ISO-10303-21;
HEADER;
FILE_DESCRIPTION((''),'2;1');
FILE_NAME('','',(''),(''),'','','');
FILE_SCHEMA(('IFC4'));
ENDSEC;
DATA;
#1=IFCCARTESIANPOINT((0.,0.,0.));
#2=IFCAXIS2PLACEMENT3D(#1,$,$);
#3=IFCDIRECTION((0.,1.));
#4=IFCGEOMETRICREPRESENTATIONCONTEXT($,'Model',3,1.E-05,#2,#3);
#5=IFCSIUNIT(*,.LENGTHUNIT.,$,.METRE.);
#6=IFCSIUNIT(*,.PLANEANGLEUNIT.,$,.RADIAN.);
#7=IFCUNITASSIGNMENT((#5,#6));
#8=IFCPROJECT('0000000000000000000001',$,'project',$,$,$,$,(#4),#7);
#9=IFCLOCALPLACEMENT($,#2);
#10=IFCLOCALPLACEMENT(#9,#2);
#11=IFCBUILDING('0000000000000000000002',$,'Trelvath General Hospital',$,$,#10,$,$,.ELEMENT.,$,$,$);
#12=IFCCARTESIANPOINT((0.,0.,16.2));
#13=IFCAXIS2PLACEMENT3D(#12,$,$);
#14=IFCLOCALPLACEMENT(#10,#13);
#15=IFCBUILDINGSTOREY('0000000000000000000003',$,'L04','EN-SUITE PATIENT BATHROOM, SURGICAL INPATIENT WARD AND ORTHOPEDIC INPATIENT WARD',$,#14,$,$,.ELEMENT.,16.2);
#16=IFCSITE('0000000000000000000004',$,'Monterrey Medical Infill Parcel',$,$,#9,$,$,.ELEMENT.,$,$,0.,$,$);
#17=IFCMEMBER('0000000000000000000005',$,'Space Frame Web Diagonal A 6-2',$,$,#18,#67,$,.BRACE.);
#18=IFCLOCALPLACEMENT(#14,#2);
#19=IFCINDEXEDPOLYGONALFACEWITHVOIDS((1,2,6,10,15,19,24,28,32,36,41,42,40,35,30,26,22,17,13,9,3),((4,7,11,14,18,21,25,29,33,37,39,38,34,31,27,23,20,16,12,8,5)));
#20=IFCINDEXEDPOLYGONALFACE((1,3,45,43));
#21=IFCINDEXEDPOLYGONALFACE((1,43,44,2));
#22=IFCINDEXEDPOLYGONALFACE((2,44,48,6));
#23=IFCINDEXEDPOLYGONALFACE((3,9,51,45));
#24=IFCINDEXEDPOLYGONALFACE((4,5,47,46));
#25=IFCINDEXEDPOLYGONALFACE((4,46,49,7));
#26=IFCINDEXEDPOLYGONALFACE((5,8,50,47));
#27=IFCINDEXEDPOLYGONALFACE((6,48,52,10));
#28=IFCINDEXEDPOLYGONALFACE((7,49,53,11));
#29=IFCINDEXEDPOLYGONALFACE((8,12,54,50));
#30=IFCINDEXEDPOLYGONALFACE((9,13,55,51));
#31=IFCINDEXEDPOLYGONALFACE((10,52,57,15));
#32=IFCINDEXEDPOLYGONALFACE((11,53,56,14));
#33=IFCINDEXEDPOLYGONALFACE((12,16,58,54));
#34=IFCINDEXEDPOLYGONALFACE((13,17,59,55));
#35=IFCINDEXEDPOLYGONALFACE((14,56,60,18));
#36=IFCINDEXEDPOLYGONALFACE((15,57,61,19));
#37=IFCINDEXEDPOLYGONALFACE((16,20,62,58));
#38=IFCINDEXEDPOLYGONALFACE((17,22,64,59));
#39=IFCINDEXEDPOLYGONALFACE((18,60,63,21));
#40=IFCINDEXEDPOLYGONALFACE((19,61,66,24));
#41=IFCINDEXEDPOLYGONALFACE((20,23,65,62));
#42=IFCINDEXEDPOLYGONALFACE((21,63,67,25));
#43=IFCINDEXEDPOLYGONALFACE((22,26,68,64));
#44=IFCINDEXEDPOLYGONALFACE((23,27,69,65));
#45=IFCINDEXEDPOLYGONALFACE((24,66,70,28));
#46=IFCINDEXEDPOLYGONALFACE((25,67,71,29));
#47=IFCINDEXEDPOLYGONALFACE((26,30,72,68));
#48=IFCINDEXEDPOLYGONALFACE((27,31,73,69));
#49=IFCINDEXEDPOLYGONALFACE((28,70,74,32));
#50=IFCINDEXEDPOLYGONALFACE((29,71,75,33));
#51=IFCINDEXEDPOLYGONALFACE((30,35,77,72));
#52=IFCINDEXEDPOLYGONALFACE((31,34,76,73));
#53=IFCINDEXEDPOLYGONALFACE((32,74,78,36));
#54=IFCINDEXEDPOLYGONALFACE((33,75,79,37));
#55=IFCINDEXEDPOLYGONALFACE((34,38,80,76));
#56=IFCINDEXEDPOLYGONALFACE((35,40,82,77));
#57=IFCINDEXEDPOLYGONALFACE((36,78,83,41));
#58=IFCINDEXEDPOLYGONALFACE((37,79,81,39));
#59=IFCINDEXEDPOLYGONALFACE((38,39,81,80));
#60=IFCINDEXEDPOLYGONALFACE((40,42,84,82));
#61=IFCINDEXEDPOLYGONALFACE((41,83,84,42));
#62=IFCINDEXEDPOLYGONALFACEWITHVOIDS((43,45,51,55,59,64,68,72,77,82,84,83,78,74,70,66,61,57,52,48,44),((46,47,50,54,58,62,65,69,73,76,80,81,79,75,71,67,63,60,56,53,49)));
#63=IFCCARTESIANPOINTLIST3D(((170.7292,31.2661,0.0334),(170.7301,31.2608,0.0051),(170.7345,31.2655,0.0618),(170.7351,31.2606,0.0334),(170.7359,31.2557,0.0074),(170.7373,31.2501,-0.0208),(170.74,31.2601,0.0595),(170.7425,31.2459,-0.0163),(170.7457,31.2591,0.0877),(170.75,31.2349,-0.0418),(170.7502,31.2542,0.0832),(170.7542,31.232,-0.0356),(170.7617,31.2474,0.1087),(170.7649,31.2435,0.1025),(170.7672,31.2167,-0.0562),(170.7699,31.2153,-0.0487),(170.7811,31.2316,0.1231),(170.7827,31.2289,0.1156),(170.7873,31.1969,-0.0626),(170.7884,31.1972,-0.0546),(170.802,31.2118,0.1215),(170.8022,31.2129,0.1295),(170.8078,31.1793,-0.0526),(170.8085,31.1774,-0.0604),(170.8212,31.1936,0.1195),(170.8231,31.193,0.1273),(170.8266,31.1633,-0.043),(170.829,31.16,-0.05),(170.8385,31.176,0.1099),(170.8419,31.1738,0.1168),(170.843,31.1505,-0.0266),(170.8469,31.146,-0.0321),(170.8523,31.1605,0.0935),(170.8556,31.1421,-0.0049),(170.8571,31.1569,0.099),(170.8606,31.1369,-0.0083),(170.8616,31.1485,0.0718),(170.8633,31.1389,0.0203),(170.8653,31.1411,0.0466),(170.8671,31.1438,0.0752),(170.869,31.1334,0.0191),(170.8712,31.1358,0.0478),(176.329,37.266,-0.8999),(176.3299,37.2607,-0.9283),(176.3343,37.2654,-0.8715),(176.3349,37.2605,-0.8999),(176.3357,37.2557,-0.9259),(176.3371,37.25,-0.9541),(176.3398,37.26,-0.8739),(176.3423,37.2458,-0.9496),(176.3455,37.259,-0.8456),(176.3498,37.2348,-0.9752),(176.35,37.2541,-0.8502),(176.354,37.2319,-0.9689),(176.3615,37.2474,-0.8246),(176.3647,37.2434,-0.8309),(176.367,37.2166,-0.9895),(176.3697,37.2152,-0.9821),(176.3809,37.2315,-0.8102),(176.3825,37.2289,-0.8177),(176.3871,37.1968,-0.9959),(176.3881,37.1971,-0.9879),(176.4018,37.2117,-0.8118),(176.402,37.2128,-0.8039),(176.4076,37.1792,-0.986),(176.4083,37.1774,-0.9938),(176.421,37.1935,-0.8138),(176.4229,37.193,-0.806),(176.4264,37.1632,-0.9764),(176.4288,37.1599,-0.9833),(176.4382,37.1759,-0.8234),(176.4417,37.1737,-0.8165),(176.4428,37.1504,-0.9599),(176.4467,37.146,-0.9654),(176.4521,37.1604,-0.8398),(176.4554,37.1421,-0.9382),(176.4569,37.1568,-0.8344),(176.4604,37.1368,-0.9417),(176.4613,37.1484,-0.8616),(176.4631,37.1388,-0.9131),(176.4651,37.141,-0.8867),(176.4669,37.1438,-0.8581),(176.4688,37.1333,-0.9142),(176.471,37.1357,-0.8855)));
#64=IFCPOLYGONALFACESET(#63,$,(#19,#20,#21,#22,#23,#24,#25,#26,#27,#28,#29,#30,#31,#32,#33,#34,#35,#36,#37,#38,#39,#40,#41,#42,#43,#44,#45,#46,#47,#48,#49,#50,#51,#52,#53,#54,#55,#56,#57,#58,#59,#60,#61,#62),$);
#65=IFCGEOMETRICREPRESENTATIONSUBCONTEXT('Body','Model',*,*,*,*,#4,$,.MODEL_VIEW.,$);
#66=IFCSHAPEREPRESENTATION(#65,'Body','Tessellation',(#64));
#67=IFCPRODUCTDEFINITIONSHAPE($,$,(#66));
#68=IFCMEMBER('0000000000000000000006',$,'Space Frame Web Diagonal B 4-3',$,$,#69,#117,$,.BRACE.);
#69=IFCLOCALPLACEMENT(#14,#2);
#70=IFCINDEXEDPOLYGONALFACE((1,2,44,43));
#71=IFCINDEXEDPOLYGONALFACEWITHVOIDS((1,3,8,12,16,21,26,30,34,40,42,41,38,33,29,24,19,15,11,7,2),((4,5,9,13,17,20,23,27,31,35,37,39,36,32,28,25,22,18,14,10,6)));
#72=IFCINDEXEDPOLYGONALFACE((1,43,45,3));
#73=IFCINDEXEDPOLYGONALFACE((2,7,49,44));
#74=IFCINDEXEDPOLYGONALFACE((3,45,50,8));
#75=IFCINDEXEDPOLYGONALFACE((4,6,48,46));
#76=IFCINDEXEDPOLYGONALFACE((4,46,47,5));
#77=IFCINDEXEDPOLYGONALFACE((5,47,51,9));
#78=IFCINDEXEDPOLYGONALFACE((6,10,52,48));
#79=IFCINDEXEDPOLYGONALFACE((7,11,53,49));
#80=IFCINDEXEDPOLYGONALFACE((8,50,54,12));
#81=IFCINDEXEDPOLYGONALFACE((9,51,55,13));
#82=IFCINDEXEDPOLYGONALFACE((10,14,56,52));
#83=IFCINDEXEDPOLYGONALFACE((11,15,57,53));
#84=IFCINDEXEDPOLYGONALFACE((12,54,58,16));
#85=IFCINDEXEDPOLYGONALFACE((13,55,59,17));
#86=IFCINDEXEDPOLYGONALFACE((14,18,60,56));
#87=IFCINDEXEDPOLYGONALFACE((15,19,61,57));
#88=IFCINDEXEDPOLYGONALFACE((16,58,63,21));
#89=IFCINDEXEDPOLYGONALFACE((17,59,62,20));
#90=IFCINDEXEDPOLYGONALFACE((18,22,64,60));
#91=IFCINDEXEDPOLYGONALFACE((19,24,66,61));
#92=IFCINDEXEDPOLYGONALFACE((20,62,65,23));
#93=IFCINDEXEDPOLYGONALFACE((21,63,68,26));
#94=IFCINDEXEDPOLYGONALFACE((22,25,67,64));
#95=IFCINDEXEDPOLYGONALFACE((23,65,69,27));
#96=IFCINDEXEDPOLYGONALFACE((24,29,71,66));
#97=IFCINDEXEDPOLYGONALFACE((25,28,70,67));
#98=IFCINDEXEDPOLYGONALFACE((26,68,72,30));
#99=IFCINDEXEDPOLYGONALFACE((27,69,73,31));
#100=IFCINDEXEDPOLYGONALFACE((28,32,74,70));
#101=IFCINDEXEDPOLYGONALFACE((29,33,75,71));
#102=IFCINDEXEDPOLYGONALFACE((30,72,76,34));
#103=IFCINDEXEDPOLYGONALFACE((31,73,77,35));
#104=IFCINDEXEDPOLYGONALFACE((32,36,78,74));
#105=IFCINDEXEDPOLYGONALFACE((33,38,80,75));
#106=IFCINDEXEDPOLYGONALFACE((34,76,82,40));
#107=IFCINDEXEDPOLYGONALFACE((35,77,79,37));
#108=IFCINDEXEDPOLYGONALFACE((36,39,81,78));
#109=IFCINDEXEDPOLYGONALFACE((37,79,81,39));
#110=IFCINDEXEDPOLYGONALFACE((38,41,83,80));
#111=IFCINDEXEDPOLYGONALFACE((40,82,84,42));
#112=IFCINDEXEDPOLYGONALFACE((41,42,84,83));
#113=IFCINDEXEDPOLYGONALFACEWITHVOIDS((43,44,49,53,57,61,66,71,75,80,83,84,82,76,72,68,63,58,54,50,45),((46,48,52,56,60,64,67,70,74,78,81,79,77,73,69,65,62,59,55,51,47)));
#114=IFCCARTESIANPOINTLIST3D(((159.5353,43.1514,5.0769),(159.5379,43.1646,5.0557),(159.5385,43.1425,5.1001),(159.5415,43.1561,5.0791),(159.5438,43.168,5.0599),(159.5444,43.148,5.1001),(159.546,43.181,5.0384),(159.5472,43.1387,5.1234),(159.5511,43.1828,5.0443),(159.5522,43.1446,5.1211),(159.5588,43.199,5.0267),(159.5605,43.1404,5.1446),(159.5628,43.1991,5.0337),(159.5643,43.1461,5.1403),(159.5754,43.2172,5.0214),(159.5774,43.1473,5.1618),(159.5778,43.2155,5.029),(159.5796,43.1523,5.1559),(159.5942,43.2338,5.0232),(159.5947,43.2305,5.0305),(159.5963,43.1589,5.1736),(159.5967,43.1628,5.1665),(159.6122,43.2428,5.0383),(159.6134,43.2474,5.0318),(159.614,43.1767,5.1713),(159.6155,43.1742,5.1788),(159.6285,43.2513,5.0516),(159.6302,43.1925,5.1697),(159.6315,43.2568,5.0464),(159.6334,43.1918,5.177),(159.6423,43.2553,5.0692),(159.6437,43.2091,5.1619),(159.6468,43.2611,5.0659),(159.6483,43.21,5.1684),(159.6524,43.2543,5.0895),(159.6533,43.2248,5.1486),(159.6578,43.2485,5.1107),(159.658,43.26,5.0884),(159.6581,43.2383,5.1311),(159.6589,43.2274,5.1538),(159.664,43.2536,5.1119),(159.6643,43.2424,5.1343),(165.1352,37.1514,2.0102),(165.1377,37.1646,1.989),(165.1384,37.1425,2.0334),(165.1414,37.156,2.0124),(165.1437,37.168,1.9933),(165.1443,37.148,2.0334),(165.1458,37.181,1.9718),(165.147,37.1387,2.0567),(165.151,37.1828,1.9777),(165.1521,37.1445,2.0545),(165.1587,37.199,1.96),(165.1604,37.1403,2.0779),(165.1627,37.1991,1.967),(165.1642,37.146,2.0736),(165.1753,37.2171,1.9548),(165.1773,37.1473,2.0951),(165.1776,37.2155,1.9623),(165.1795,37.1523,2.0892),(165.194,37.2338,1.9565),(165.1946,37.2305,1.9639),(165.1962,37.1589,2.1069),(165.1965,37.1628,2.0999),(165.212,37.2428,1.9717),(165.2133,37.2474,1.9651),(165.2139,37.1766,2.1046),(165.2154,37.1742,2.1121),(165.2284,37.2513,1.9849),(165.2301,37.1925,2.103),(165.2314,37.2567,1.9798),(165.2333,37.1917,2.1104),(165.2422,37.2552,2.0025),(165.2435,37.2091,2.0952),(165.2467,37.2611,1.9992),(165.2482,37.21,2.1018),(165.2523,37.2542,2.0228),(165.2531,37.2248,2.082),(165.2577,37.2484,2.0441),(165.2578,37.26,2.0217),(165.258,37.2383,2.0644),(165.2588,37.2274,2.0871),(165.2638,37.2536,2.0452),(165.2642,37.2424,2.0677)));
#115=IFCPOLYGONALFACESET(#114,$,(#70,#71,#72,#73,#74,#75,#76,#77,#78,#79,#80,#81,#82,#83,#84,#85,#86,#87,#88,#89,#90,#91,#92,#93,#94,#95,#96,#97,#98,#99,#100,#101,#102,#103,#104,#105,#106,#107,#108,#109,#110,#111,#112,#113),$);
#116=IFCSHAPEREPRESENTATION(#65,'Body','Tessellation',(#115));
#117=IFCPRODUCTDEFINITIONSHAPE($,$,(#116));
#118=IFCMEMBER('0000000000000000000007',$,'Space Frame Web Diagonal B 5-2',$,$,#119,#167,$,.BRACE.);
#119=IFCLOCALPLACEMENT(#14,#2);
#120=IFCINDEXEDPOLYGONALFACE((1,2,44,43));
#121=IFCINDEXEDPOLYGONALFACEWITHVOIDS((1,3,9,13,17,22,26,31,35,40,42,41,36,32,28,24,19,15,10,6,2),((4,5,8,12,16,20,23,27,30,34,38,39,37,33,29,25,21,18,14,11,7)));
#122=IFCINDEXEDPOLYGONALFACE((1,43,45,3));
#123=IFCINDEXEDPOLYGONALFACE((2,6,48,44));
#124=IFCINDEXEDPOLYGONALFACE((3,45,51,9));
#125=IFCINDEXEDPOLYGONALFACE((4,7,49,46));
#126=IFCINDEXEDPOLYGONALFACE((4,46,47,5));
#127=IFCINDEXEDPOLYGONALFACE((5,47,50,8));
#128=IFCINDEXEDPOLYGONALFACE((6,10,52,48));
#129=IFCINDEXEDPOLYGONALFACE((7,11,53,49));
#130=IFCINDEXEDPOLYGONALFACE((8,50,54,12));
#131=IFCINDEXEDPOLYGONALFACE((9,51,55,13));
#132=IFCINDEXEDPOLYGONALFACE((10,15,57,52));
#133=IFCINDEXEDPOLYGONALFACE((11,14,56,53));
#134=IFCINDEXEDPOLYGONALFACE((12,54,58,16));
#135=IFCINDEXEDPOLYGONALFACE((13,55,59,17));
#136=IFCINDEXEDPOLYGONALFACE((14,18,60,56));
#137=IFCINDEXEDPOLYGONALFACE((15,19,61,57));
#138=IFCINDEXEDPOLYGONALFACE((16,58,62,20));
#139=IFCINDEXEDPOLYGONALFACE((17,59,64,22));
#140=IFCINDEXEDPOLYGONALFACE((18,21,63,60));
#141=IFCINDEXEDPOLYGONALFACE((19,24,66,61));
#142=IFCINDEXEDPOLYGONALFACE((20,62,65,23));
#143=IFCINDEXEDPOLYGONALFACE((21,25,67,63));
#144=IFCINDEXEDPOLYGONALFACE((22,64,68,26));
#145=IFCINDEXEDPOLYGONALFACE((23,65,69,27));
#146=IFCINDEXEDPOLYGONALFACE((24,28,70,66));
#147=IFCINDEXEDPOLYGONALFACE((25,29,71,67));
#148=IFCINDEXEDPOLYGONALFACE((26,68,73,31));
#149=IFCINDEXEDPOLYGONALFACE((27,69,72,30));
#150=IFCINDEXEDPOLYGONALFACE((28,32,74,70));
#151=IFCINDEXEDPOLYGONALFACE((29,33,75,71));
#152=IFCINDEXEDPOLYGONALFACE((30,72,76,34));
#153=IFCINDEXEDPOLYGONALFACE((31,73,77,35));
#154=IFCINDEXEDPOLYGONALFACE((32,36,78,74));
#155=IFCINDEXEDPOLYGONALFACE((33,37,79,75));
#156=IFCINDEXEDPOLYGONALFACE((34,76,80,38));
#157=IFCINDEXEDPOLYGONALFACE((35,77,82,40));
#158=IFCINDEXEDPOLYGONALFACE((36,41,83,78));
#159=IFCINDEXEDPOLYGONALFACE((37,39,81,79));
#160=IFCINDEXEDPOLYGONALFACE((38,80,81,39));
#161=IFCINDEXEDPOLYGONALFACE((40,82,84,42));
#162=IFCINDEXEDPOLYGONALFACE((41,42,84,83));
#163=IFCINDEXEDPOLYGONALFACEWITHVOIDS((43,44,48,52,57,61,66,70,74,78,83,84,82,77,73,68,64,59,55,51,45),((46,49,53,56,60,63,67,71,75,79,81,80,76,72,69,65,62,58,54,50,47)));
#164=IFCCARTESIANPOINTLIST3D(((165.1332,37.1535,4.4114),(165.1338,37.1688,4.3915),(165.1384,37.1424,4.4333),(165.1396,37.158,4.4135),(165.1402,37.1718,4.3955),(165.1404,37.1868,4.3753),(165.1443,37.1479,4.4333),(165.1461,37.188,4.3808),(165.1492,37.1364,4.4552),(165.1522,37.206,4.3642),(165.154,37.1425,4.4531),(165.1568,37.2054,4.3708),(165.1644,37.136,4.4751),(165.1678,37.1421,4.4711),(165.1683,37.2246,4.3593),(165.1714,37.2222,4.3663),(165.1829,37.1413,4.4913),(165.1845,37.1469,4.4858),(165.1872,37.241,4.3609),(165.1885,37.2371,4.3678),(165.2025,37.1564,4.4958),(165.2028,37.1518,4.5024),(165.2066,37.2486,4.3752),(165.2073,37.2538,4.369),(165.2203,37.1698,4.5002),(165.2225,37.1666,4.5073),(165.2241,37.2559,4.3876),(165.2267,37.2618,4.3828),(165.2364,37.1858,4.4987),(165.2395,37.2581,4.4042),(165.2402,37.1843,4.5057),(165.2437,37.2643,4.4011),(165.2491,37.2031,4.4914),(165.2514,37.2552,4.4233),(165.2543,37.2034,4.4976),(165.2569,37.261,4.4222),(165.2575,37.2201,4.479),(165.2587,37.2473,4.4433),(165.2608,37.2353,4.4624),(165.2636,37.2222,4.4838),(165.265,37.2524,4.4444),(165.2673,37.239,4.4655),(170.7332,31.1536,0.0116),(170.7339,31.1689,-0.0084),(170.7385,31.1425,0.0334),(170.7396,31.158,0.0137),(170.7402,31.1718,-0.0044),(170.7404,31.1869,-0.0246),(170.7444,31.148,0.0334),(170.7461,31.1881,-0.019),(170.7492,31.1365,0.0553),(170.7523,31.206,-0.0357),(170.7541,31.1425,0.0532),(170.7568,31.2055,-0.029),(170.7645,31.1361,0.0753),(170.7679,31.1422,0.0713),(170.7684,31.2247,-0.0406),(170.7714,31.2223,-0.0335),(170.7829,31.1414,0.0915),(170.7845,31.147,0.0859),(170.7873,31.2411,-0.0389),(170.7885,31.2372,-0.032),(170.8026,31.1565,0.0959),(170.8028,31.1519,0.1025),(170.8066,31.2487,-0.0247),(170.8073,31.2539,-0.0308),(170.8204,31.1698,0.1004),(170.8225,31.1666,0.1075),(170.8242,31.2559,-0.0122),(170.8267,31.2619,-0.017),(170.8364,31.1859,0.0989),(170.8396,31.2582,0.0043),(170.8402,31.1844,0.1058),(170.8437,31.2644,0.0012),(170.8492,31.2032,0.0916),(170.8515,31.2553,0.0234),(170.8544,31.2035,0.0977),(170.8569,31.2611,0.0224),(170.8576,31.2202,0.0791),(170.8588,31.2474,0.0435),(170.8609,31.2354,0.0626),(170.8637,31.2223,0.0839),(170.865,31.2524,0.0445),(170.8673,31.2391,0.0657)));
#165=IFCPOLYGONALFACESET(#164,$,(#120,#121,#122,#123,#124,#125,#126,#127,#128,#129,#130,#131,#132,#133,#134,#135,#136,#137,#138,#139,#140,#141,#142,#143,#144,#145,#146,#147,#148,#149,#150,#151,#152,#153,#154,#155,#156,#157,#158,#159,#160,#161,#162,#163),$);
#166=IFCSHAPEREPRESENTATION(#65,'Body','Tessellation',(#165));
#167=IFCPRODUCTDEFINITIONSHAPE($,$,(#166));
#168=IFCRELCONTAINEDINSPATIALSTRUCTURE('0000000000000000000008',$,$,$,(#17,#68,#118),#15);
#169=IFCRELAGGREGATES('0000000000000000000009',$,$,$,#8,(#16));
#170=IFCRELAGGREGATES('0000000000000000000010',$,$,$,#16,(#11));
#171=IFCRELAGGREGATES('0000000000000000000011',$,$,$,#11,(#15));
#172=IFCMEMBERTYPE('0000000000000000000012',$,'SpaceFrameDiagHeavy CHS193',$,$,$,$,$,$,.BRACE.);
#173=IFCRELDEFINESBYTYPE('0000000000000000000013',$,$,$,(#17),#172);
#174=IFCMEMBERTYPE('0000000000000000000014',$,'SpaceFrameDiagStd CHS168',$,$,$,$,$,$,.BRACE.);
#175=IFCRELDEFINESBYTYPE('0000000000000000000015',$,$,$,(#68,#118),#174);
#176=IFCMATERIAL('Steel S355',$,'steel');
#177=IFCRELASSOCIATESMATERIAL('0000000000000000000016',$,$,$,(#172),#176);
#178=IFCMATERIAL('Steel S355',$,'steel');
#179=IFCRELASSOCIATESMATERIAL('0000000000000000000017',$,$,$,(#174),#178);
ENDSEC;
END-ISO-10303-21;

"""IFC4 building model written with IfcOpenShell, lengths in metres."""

from ifc_helpers import new_model, si_unit, direction, frame, origin, origin_2d, place, context, subcontext, project, spatial, hollow_circle, extrude, material, material_profile, profile_set, type_object, element, save


model = new_model("IFC4")

# Units and contexts
model_context = context("Model", 3, precision=1e-05, world=origin(), true_north=direction((0.0, 1.0)))
body_context = subcontext(model_context, "Body", "Model", "MODEL_VIEW")
ifc_project = project(units=[si_unit("LENGTHUNIT", "METRE"), si_unit("PLANEANGLEUNIT", "RADIAN")], contexts=[model_context])

# Site, building, storey
site_placement = place(None, origin())
site = spatial("IfcSite", under=ifc_project, at=site_placement, Name="Monterrey Medical Infill Parcel", CompositionType="ELEMENT", RefElevation=0.0)
building_placement = place(site_placement, origin())
building = spatial("IfcBuilding", under=site, at=building_placement, Name="Trelvath General Hospital", CompositionType="ELEMENT")
storey_placement = place(building_placement, frame((0.0, 0.0, 16.2)))
storey = spatial("IfcBuildingStorey", under=building, at=storey_placement, Name="L04", Description="EN-SUITE PATIENT BATHROOM, SURGICAL INPATIENT WARD AND ORTHOPEDIC INPATIENT WARD", CompositionType="ELEMENT", Elevation=16.2)

# Members
ifc_material_1 = material(Name="Steel S355", Category="steel")
ifc_material_profile_1 = material_profile(ifc_material_1, hollow_circle(Radius=0.0969, WallThickness=0.0081, at=origin_2d()), Name="CHS193.7x8.0")
ifc_profile_set_1 = profile_set([ifc_material_profile_1], Name="Steel S355")
member_type_1 = type_object("IfcMemberType", Name="SpaceFrameDiagHeavy CHS193", PredefinedType="BRACE", material=ifc_profile_set_1)
member_1_placement = place(storey_placement, frame((170.8, 31.2, 0.0334), z_axis=(0.677939, 0.726382, -0.112995), x_axis=(-0.731064, 0.682309, 0.0)))
element("IfcMember", 1, at=member_1_placement, inside=storey, type_object=member_type_1, Name="Space Frame Web Diagonal A 6-2", PredefinedType="BRACE", context=body_context, shape_type="SweptSolid", body=[
    extrude(hollow_circle(Radius=0.0969, WallThickness=0.0081, at=origin_2d()), origin(), (0.0, 0.0, 1.0), 8.26),
])
ifc_material_2 = material(Name="Steel S355", Category="steel")
ifc_material_profile_2 = material_profile(ifc_material_2, hollow_circle(Radius=0.0842, WallThickness=0.0081, at=origin_2d()), Name="CHS168.3x8.0")
ifc_profile_set_2 = profile_set([ifc_material_profile_2], Name="Steel S355")
member_type_2 = type_object("IfcMemberType", Name="SpaceFrameDiagStd CHS168", PredefinedType="BRACE", material=ifc_profile_set_2)
member_2_placement = place(storey_placement, frame((165.2, 37.2, 2.0334), z_axis=(-0.639148, 0.684819, 0.350017), x_axis=(-0.731064, -0.682309, 0.0)))
element("IfcMember", 2, at=member_2_placement, inside=storey, type_object=member_type_2, Name="Space Frame Web Diagonal B 4-3", PredefinedType="BRACE", context=body_context, shape_type="SweptSolid", body=[
    extrude(hollow_circle(Radius=0.0842, WallThickness=0.0081, at=origin_2d()), origin(), (0.0, 0.0, 1.0), 8.7615),
])
member_3_placement = place(storey_placement, frame((170.8, 31.2, 0.0334), z_axis=(-0.601361, 0.644304, 0.472479), x_axis=(-0.731049, -0.682325, 0.0)))
element("IfcMember", 3, at=member_3_placement, inside=storey, type_object=member_type_2, Name="Space Frame Web Diagonal B 5-2", PredefinedType="BRACE", context=body_context, shape_type="SweptSolid", body=[
    extrude(hollow_circle(Radius=0.0842, WallThickness=0.0081, at=origin_2d()), origin(), (0.0, 0.0, 1.0), 9.3123),
])

save(model, "model.ifc")
